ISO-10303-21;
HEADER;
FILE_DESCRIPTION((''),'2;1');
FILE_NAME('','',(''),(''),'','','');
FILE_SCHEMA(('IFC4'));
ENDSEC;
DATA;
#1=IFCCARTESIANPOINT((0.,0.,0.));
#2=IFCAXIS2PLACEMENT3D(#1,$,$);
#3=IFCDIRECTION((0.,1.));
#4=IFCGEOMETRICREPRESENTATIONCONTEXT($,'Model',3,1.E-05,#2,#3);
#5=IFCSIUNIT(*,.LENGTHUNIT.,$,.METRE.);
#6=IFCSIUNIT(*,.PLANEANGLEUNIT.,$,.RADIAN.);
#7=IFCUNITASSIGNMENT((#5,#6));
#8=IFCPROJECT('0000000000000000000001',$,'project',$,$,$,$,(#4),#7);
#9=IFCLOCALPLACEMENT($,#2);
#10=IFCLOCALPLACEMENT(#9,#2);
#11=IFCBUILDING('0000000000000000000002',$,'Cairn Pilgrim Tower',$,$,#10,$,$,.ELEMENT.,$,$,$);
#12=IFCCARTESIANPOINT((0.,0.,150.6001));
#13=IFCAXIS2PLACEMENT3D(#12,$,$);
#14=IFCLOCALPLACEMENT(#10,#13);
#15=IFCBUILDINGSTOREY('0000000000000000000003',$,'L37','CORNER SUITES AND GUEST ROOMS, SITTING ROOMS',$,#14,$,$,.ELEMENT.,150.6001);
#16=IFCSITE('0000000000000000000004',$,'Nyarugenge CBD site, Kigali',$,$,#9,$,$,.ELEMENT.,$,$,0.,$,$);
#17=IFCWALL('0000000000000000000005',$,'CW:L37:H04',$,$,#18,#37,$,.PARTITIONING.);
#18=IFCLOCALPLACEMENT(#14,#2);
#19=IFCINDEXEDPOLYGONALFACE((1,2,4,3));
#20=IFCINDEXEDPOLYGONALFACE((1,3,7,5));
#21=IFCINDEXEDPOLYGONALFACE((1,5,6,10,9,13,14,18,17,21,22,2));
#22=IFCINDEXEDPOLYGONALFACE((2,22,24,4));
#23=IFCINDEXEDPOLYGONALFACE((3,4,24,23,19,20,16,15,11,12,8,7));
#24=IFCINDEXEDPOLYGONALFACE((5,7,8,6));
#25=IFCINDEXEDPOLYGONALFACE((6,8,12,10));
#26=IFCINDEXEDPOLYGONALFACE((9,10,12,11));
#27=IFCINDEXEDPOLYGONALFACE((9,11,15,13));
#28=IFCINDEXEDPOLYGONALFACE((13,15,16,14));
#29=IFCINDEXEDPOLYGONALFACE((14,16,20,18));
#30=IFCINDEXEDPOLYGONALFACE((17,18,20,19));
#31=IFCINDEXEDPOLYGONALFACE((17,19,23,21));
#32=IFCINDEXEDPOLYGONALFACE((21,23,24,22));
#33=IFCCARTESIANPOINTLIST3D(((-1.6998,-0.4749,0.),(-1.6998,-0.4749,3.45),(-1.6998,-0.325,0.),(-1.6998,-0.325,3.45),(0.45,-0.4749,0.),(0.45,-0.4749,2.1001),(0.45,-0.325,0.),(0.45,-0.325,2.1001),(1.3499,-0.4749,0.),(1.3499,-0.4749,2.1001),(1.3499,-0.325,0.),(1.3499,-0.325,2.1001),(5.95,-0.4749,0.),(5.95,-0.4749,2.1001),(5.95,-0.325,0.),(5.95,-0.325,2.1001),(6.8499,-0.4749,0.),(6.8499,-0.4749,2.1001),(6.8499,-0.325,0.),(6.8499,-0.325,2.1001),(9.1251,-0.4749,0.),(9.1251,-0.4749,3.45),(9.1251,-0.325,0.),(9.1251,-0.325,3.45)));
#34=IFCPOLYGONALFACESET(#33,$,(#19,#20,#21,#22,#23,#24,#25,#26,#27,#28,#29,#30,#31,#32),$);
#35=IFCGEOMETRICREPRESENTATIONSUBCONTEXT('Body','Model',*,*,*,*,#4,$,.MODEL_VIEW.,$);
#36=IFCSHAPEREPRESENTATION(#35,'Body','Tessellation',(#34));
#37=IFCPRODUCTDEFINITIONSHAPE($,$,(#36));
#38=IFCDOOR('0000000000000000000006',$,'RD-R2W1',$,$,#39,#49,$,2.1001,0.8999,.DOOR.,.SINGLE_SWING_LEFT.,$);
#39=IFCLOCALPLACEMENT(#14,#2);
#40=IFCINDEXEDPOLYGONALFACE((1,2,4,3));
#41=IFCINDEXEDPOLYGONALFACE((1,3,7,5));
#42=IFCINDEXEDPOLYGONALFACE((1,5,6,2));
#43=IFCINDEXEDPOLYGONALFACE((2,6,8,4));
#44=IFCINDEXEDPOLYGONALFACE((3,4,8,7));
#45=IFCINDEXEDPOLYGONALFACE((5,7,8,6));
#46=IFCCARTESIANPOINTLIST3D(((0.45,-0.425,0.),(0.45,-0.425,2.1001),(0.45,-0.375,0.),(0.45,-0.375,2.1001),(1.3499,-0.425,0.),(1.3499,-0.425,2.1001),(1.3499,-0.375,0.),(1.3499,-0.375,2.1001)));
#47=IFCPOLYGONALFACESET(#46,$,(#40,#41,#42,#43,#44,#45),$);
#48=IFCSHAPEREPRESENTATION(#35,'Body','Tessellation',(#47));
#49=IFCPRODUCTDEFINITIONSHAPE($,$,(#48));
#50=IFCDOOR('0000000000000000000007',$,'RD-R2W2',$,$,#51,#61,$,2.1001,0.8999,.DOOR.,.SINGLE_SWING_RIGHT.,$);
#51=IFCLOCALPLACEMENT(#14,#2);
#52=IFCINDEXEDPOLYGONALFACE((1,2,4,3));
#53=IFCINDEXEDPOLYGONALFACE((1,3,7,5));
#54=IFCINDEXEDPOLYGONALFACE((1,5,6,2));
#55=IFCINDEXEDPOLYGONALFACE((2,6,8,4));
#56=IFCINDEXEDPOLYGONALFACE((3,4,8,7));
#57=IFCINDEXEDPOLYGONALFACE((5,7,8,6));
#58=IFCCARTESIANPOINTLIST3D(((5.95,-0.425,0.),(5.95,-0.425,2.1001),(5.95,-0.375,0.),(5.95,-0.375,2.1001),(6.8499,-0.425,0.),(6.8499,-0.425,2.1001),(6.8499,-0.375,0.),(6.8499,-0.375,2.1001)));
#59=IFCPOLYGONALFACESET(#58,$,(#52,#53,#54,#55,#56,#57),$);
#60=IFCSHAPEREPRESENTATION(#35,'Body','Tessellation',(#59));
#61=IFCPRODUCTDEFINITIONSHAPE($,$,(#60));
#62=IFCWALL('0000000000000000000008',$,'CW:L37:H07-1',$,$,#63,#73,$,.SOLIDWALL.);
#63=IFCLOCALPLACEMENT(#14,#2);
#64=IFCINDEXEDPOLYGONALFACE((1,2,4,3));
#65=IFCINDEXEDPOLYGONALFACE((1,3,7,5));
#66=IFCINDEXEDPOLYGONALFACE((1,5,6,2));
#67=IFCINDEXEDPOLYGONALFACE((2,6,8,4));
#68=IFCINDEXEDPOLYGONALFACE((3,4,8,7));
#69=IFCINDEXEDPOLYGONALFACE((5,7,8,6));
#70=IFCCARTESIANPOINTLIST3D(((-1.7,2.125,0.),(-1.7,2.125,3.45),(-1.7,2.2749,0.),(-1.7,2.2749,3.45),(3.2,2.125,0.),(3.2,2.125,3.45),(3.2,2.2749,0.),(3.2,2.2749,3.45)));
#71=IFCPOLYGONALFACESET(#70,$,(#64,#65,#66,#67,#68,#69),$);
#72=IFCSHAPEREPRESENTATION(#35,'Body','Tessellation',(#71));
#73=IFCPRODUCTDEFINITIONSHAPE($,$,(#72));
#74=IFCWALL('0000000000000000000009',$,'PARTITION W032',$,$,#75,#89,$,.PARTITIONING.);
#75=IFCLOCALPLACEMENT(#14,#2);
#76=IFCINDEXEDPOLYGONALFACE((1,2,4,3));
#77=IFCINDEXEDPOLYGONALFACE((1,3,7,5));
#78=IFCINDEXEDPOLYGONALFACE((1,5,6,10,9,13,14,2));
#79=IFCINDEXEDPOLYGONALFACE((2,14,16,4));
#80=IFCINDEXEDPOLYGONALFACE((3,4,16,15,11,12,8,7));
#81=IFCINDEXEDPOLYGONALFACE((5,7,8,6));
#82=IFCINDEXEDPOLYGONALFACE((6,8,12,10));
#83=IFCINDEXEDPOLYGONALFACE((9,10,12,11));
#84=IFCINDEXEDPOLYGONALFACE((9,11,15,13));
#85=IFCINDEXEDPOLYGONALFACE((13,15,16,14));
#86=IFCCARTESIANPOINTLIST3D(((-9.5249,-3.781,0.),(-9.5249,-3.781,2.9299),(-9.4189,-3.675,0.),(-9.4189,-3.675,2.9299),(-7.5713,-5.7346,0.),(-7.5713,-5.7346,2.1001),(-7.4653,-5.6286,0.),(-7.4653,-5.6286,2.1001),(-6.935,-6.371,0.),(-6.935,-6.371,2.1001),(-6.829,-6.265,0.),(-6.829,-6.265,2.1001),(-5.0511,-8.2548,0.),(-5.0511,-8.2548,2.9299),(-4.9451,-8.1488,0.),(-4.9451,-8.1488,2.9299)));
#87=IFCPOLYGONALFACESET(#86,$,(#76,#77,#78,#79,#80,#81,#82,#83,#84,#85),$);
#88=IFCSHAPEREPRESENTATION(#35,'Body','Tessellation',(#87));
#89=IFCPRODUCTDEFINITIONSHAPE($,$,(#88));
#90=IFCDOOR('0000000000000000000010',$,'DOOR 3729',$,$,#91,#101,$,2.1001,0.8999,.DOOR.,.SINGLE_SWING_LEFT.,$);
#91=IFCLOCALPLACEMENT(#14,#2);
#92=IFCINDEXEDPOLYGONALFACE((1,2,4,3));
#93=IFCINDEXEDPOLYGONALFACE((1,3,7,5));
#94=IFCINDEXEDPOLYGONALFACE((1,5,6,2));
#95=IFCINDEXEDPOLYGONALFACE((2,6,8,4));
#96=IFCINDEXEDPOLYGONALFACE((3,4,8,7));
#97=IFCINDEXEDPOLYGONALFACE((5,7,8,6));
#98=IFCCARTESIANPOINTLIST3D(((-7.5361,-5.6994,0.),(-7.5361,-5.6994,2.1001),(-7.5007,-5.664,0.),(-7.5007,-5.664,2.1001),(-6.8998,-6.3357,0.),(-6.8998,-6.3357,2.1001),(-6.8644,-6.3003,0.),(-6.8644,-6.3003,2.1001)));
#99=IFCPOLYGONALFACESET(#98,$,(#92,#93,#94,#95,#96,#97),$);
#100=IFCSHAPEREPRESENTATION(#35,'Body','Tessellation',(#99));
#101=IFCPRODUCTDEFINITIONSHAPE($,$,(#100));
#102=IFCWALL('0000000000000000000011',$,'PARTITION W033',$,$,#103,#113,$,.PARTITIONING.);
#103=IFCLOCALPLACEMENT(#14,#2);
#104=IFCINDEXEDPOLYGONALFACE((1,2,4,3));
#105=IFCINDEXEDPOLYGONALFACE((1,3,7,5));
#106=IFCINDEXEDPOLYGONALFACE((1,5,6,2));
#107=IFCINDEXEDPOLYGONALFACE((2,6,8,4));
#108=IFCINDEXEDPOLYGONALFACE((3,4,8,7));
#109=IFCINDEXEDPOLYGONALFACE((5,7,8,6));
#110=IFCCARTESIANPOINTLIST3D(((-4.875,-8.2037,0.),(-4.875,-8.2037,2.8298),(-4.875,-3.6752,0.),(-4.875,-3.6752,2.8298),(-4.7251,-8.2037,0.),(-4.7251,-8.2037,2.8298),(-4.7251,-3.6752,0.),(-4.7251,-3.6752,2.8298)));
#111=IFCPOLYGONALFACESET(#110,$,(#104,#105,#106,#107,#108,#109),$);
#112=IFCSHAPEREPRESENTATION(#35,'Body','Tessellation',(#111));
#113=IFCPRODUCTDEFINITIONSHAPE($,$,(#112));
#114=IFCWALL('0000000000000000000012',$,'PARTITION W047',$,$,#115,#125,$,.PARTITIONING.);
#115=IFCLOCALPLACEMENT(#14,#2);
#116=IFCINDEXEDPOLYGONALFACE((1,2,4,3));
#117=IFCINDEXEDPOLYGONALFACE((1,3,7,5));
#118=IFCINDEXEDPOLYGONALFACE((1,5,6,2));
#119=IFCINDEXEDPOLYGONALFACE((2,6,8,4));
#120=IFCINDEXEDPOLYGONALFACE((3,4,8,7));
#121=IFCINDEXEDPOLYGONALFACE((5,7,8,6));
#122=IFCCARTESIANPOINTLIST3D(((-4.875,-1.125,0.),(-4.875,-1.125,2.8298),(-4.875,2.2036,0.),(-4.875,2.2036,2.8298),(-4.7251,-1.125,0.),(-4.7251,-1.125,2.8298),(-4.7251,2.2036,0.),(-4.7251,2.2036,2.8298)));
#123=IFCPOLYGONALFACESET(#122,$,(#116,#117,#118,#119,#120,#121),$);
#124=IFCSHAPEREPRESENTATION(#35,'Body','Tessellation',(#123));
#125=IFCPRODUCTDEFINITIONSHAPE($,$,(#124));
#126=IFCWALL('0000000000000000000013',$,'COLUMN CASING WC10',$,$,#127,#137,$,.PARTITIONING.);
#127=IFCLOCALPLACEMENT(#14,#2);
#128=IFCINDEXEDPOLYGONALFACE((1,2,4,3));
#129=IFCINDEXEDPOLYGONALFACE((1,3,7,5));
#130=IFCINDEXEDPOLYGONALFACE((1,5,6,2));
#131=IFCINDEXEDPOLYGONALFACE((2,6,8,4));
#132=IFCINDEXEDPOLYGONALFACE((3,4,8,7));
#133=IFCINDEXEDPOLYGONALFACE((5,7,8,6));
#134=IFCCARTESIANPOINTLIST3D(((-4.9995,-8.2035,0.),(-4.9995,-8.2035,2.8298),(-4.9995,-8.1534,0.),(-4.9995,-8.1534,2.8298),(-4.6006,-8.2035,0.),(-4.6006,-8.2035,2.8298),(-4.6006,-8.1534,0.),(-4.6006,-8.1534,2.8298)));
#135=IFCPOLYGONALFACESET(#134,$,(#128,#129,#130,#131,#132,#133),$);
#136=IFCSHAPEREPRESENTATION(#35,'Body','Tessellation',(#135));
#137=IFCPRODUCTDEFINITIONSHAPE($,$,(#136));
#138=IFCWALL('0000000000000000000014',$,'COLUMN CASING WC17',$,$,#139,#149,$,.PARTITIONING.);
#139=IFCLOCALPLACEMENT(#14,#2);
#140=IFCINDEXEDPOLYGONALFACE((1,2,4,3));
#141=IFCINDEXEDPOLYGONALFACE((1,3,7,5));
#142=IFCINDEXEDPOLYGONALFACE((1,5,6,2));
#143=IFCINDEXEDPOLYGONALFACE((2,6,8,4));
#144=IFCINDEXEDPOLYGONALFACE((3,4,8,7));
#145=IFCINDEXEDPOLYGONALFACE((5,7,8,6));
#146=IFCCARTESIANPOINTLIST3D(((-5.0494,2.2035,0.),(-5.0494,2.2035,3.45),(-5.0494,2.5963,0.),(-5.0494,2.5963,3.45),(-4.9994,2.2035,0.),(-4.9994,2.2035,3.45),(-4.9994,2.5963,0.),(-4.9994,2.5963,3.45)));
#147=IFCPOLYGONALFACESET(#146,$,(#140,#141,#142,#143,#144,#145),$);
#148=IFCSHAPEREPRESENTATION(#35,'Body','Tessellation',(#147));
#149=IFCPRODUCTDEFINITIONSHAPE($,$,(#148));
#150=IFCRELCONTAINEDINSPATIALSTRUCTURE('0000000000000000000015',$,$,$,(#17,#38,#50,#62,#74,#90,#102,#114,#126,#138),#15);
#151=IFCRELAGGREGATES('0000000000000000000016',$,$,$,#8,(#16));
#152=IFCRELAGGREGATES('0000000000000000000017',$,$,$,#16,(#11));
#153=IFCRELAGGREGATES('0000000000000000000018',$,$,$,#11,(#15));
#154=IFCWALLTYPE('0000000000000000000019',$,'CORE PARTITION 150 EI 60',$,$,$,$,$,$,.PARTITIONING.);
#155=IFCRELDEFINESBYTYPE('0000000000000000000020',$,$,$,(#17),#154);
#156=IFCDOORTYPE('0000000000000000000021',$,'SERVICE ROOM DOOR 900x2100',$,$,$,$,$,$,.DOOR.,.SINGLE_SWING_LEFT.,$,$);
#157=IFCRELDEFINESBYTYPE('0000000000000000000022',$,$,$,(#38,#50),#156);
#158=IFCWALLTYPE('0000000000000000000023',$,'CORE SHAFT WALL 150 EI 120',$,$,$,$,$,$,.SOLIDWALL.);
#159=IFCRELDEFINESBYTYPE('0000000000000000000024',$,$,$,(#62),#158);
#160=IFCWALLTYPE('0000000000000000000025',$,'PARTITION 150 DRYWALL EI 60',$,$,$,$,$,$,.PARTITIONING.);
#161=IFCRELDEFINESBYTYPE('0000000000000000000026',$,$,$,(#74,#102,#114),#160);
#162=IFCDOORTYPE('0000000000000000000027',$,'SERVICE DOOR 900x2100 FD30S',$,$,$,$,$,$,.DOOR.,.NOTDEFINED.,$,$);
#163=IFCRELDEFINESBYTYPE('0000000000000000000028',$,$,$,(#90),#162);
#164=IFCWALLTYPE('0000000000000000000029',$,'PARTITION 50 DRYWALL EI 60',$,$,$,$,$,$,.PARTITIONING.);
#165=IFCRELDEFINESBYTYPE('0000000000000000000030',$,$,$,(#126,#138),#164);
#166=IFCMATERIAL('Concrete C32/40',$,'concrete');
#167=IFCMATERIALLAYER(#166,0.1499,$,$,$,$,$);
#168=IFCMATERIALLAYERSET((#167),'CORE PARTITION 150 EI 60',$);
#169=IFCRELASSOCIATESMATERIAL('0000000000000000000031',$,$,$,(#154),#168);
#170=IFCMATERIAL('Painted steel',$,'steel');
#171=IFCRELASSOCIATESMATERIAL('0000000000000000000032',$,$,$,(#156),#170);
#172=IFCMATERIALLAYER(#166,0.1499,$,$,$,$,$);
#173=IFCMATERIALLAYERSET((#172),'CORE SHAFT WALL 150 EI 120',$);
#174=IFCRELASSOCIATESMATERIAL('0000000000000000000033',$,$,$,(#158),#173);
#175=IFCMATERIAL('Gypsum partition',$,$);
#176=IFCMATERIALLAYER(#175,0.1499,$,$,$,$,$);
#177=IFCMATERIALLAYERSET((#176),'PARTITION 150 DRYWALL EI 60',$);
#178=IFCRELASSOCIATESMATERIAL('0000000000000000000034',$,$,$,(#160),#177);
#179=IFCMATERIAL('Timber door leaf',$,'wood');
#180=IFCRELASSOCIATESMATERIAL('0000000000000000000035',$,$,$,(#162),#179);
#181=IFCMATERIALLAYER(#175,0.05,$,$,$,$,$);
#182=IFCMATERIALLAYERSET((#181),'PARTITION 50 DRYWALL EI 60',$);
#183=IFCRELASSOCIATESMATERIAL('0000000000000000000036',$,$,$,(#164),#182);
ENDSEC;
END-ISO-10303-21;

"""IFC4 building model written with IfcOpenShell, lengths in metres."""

from ifc_helpers import new_model, si_unit, direction, frame, frame_2d, origin, place, context, subcontext, project, spatial, rectangle, extrude, material, layer, layer_set, type_object, element, fill, save


model = new_model("IFC4")

# Units and contexts
model_context = context("Model", 3, precision=1e-05, world=origin(), true_north=direction((0.0, 1.0)))
body_context = subcontext(model_context, "Body", "Model", "MODEL_VIEW")
ifc_project = project(units=[si_unit("LENGTHUNIT", "METRE"), si_unit("PLANEANGLEUNIT", "RADIAN")], contexts=[model_context])

# Site, building, storey
site_placement = place(None, origin())
site = spatial("IfcSite", under=ifc_project, at=site_placement, Name="Nyarugenge CBD site, Kigali", CompositionType="ELEMENT", RefElevation=0.0)
building_placement = place(site_placement, origin())
building = spatial("IfcBuilding", under=site, at=building_placement, Name="Cairn Pilgrim Tower", CompositionType="ELEMENT")
storey_placement = place(building_placement, frame((0.0, 0.0, 150.6001)))
storey = spatial("IfcBuildingStorey", under=building, at=storey_placement, Name="L37", Description="CORNER SUITES AND GUEST ROOMS, SITTING ROOMS", CompositionType="ELEMENT", Elevation=150.6001)

# Shared definitions
ifc_material_1 = material(Name="Concrete C32/40", Category="concrete")

# Wall, openings, doors
ifc_material_2 = material(Name="Painted steel", Category="steel")
ifc_layer_1 = layer(ifc_material_1, 0.1499)
ifc_layer_set_1 = layer_set([ifc_layer_1], Name="CORE PARTITION 150 EI 60")
wall_type_1 = type_object("IfcWallType", Name="CORE PARTITION 150 EI 60", PredefinedType="PARTITIONING", material=ifc_layer_set_1)
door_type_1 = type_object("IfcDoorType", Name="SERVICE ROOM DOOR 900x2100", OperationType="SINGLE_SWING_LEFT", PredefinedType="DOOR", material=ifc_material_2)
wall_1_placement = place(storey_placement, frame((-1.7, -0.3999, 0.0), z_axis=(0.0, 0.0, 1.0), x_axis=(1.0, 0.0, 0.0)))
wall_1 = element("IfcWall", 1, at=wall_1_placement, inside=storey, type_object=wall_type_1, Name="CW:L37:H04", PredefinedType="PARTITIONING", context=body_context, shape_type="SweptSolid", body=[
    extrude(rectangle(XDim=10.825, YDim=0.1499, at=frame_2d((5.4126, 0.0))), origin(), (0.0, 0.0, 1.0), 3.45),
])
opening_1_placement = place(wall_1_placement, frame((2.1499, 0.0, 0.0)))
opening_1 = element("IfcOpeningElement", 2, at=opening_1_placement, cuts=wall_1, PredefinedType="OPENING", context=body_context, shape_type="SweptSolid", body=[
    extrude(rectangle(XDim=0.8999, YDim=2.1001, at=frame_2d((0.45, 1.05))), frame((0.0, 0.085, 0.0), z_axis=(0.0, -1.0, 0.0), x_axis=(1.0, 0.0, 0.0)), (0.0, 0.0, 1.0), 0.1699),
])
opening_2_placement = place(wall_1_placement, frame((7.6499, 0.0, 0.0)))
opening_2 = element("IfcOpeningElement", 3, at=opening_2_placement, cuts=wall_1, PredefinedType="OPENING", context=body_context, shape_type="SweptSolid", body=[
    extrude(rectangle(XDim=0.8999, YDim=2.1001, at=frame_2d((0.45, 1.05))), frame((0.0, 0.085, 0.0), z_axis=(0.0, -1.0, 0.0), x_axis=(1.0, 0.0, 0.0)), (0.0, 0.0, 1.0), 0.1699),
])
door_1_placement = place(opening_1_placement, origin())
door_1 = element("IfcDoor", 4, at=door_1_placement, inside=storey, type_object=door_type_1, Name="RD-R2W1", OperationType="SINGLE_SWING_LEFT", OverallHeight=2.1001, OverallWidth=0.8999, PredefinedType="DOOR", context=body_context, shape_type="SweptSolid", body=[
    extrude(rectangle(XDim=0.8999, YDim=2.1001, at=frame_2d((0.45, 1.05))), frame((0.0, 0.0249, 0.0), z_axis=(0.0, -1.0, 0.0), x_axis=(1.0, 0.0, 0.0)), (0.0, 0.0, 1.0), 0.05),
])
fill(opening_1, door_1)
door_2_placement = place(opening_2_placement, origin())
door_2 = element("IfcDoor", 5, at=door_2_placement, inside=storey, type_object=door_type_1, Name="RD-R2W2", OperationType="SINGLE_SWING_RIGHT", OverallHeight=2.1001, OverallWidth=0.8999, PredefinedType="DOOR", context=body_context, shape_type="SweptSolid", body=[
    extrude(rectangle(XDim=0.8999, YDim=2.1001, at=frame_2d((0.45, 1.05))), frame((0.0, 0.0249, 0.0), z_axis=(0.0, -1.0, 0.0), x_axis=(1.0, 0.0, 0.0)), (0.0, 0.0, 1.0), 0.05),
])
fill(opening_2, door_2)

# Wall
ifc_layer_2 = layer(ifc_material_1, 0.1499)
ifc_layer_set_2 = layer_set([ifc_layer_2], Name="CORE SHAFT WALL 150 EI 120")
wall_type_2 = type_object("IfcWallType", Name="CORE SHAFT WALL 150 EI 120", PredefinedType="SOLIDWALL", material=ifc_layer_set_2)
wall_2_placement = place(storey_placement, frame((-1.7, 2.2, 0.0), z_axis=(0.0, 0.0, 1.0), x_axis=(1.0, 0.0, 0.0)))
element("IfcWall", 6, at=wall_2_placement, inside=storey, type_object=wall_type_2, Name="CW:L37:H07-1", PredefinedType="SOLIDWALL", context=body_context, shape_type="SweptSolid", body=[
    extrude(rectangle(XDim=4.8999, YDim=0.1499, at=frame_2d((2.45, 0.0))), origin(), (0.0, 0.0, 1.0), 3.45),
])

# Wall, opening, door
ifc_material_3 = material(Name="Gypsum partition")
ifc_layer_3 = layer(ifc_material_3, 0.1499)
ifc_layer_set_3 = layer_set([ifc_layer_3], Name="PARTITION 150 DRYWALL EI 60")
wall_type_3 = type_object("IfcWallType", Name="PARTITION 150 DRYWALL EI 60", PredefinedType="PARTITIONING", material=ifc_layer_set_3)
wall_3_placement = place(storey_placement, frame((-4.998, -8.2019, 0.0), z_axis=(0.0, 0.0, 1.0), x_axis=(-0.707107, 0.707107, 0.0)))
wall_3 = element("IfcWall", 7, at=wall_3_placement, inside=storey, type_object=wall_type_3, Name="PARTITION W032", PredefinedType="PARTITIONING", context=body_context, shape_type="SweptSolid", body=[
    extrude(rectangle(XDim=6.3269, YDim=0.1499, at=frame_2d((3.1636, 0.0))), origin(), (0.0, 0.0, 1.0), 2.9299),
])
opening_3_placement = place(wall_3_placement, frame((2.6643, 0.0, 0.0)))
opening_3 = element("IfcOpeningElement", 8, at=opening_3_placement, cuts=wall_3, PredefinedType="OPENING", context=body_context, shape_type="SweptSolid", body=[
    extrude(rectangle(XDim=0.8999, YDim=2.1001, at=frame_2d((0.45, 1.05))), frame((0.0, 0.085, 0.0), z_axis=(0.0, -1.0, 0.0), x_axis=(1.0, 0.0, 0.0)), (0.0, 0.0, 1.0), 0.1699),
])
ifc_material_4 = material(Name="Timber door leaf", Category="wood")
door_type_2 = type_object("IfcDoorType", Name="SERVICE DOOR 900x2100 FD30S", OperationType="NOTDEFINED", PredefinedType="DOOR", material=ifc_material_4)
door_3_placement = place(opening_3_placement, frame((0.8999, 0.0, 0.0), z_axis=(0.0, 0.0, 1.0), x_axis=(-1.0, 0.0, 0.0)))
door_3 = element("IfcDoor", 9, at=door_3_placement, inside=storey, type_object=door_type_2, Name="DOOR 3729", OperationType="SINGLE_SWING_LEFT", OverallHeight=2.1001, OverallWidth=0.8999, PredefinedType="DOOR", context=body_context, shape_type="SweptSolid", body=[
    extrude(rectangle(XDim=0.8999, YDim=2.1001, at=frame_2d((0.45, 1.05))), frame((0.0, 0.0249, 0.0), z_axis=(0.0, -1.0, 0.0), x_axis=(1.0, 0.0, 0.0)), (0.0, 0.0, 1.0), 0.05),
])
fill(opening_3, door_3)

# Walls
wall_4_placement = place(storey_placement, frame((-4.8, -8.2036, 0.0), z_axis=(0.0, 0.0, 1.0), x_axis=(0.0, 1.0, 0.0)))
element("IfcWall", 10, at=wall_4_placement, inside=storey, type_object=wall_type_3, Name="PARTITION W033", PredefinedType="PARTITIONING", context=body_context, shape_type="SweptSolid", body=[
    extrude(rectangle(XDim=4.5286, YDim=0.1499, at=frame_2d((2.2642, 0.0))), origin(), (0.0, 0.0, 1.0), 2.8298),
])
wall_5_placement = place(storey_placement, frame((-4.8, -1.125, 0.0), z_axis=(0.0, 0.0, 1.0), x_axis=(0.0, 1.0, 0.0)))
element("IfcWall", 11, at=wall_5_placement, inside=storey, type_object=wall_type_3, Name="PARTITION W047", PredefinedType="PARTITIONING", context=body_context, shape_type="SweptSolid", body=[
    extrude(rectangle(XDim=3.3286, YDim=0.1499, at=frame_2d((1.6643, 0.0))), origin(), (0.0, 0.0, 1.0), 2.8298),
])
ifc_layer_4 = layer(ifc_material_3, 0.05)
ifc_layer_set_4 = layer_set([ifc_layer_4], Name="PARTITION 50 DRYWALL EI 60")
wall_type_4 = type_object("IfcWallType", Name="PARTITION 50 DRYWALL EI 60", PredefinedType="PARTITIONING", material=ifc_layer_set_4)
wall_6_placement = place(storey_placement, frame((-4.9995, -8.1785, 0.0), z_axis=(0.0, 0.0, 1.0), x_axis=(1.0, 0.0, 0.0)))
element("IfcWall", 12, at=wall_6_placement, inside=storey, type_object=wall_type_4, Name="COLUMN CASING WC10", PredefinedType="PARTITIONING", context=body_context, shape_type="SweptSolid", body=[
    extrude(rectangle(XDim=0.3989, YDim=0.05, at=frame_2d((0.1995, 0.0))), origin(), (0.0, 0.0, 1.0), 2.8298),
])
wall_7_placement = place(storey_placement, frame((-5.0244, 2.2036, 0.0), z_axis=(0.0, 0.0, 1.0), x_axis=(0.0, 1.0, 0.0)))
element("IfcWall", 13, at=wall_7_placement, inside=storey, type_object=wall_type_4, Name="COLUMN CASING WC17", PredefinedType="PARTITIONING", context=body_context, shape_type="SweptSolid", body=[
    extrude(rectangle(XDim=0.3928, YDim=0.05, at=frame_2d((0.1963, 0.0))), origin(), (0.0, 0.0, 1.0), 3.45),
])

save(model, "model.ifc")
